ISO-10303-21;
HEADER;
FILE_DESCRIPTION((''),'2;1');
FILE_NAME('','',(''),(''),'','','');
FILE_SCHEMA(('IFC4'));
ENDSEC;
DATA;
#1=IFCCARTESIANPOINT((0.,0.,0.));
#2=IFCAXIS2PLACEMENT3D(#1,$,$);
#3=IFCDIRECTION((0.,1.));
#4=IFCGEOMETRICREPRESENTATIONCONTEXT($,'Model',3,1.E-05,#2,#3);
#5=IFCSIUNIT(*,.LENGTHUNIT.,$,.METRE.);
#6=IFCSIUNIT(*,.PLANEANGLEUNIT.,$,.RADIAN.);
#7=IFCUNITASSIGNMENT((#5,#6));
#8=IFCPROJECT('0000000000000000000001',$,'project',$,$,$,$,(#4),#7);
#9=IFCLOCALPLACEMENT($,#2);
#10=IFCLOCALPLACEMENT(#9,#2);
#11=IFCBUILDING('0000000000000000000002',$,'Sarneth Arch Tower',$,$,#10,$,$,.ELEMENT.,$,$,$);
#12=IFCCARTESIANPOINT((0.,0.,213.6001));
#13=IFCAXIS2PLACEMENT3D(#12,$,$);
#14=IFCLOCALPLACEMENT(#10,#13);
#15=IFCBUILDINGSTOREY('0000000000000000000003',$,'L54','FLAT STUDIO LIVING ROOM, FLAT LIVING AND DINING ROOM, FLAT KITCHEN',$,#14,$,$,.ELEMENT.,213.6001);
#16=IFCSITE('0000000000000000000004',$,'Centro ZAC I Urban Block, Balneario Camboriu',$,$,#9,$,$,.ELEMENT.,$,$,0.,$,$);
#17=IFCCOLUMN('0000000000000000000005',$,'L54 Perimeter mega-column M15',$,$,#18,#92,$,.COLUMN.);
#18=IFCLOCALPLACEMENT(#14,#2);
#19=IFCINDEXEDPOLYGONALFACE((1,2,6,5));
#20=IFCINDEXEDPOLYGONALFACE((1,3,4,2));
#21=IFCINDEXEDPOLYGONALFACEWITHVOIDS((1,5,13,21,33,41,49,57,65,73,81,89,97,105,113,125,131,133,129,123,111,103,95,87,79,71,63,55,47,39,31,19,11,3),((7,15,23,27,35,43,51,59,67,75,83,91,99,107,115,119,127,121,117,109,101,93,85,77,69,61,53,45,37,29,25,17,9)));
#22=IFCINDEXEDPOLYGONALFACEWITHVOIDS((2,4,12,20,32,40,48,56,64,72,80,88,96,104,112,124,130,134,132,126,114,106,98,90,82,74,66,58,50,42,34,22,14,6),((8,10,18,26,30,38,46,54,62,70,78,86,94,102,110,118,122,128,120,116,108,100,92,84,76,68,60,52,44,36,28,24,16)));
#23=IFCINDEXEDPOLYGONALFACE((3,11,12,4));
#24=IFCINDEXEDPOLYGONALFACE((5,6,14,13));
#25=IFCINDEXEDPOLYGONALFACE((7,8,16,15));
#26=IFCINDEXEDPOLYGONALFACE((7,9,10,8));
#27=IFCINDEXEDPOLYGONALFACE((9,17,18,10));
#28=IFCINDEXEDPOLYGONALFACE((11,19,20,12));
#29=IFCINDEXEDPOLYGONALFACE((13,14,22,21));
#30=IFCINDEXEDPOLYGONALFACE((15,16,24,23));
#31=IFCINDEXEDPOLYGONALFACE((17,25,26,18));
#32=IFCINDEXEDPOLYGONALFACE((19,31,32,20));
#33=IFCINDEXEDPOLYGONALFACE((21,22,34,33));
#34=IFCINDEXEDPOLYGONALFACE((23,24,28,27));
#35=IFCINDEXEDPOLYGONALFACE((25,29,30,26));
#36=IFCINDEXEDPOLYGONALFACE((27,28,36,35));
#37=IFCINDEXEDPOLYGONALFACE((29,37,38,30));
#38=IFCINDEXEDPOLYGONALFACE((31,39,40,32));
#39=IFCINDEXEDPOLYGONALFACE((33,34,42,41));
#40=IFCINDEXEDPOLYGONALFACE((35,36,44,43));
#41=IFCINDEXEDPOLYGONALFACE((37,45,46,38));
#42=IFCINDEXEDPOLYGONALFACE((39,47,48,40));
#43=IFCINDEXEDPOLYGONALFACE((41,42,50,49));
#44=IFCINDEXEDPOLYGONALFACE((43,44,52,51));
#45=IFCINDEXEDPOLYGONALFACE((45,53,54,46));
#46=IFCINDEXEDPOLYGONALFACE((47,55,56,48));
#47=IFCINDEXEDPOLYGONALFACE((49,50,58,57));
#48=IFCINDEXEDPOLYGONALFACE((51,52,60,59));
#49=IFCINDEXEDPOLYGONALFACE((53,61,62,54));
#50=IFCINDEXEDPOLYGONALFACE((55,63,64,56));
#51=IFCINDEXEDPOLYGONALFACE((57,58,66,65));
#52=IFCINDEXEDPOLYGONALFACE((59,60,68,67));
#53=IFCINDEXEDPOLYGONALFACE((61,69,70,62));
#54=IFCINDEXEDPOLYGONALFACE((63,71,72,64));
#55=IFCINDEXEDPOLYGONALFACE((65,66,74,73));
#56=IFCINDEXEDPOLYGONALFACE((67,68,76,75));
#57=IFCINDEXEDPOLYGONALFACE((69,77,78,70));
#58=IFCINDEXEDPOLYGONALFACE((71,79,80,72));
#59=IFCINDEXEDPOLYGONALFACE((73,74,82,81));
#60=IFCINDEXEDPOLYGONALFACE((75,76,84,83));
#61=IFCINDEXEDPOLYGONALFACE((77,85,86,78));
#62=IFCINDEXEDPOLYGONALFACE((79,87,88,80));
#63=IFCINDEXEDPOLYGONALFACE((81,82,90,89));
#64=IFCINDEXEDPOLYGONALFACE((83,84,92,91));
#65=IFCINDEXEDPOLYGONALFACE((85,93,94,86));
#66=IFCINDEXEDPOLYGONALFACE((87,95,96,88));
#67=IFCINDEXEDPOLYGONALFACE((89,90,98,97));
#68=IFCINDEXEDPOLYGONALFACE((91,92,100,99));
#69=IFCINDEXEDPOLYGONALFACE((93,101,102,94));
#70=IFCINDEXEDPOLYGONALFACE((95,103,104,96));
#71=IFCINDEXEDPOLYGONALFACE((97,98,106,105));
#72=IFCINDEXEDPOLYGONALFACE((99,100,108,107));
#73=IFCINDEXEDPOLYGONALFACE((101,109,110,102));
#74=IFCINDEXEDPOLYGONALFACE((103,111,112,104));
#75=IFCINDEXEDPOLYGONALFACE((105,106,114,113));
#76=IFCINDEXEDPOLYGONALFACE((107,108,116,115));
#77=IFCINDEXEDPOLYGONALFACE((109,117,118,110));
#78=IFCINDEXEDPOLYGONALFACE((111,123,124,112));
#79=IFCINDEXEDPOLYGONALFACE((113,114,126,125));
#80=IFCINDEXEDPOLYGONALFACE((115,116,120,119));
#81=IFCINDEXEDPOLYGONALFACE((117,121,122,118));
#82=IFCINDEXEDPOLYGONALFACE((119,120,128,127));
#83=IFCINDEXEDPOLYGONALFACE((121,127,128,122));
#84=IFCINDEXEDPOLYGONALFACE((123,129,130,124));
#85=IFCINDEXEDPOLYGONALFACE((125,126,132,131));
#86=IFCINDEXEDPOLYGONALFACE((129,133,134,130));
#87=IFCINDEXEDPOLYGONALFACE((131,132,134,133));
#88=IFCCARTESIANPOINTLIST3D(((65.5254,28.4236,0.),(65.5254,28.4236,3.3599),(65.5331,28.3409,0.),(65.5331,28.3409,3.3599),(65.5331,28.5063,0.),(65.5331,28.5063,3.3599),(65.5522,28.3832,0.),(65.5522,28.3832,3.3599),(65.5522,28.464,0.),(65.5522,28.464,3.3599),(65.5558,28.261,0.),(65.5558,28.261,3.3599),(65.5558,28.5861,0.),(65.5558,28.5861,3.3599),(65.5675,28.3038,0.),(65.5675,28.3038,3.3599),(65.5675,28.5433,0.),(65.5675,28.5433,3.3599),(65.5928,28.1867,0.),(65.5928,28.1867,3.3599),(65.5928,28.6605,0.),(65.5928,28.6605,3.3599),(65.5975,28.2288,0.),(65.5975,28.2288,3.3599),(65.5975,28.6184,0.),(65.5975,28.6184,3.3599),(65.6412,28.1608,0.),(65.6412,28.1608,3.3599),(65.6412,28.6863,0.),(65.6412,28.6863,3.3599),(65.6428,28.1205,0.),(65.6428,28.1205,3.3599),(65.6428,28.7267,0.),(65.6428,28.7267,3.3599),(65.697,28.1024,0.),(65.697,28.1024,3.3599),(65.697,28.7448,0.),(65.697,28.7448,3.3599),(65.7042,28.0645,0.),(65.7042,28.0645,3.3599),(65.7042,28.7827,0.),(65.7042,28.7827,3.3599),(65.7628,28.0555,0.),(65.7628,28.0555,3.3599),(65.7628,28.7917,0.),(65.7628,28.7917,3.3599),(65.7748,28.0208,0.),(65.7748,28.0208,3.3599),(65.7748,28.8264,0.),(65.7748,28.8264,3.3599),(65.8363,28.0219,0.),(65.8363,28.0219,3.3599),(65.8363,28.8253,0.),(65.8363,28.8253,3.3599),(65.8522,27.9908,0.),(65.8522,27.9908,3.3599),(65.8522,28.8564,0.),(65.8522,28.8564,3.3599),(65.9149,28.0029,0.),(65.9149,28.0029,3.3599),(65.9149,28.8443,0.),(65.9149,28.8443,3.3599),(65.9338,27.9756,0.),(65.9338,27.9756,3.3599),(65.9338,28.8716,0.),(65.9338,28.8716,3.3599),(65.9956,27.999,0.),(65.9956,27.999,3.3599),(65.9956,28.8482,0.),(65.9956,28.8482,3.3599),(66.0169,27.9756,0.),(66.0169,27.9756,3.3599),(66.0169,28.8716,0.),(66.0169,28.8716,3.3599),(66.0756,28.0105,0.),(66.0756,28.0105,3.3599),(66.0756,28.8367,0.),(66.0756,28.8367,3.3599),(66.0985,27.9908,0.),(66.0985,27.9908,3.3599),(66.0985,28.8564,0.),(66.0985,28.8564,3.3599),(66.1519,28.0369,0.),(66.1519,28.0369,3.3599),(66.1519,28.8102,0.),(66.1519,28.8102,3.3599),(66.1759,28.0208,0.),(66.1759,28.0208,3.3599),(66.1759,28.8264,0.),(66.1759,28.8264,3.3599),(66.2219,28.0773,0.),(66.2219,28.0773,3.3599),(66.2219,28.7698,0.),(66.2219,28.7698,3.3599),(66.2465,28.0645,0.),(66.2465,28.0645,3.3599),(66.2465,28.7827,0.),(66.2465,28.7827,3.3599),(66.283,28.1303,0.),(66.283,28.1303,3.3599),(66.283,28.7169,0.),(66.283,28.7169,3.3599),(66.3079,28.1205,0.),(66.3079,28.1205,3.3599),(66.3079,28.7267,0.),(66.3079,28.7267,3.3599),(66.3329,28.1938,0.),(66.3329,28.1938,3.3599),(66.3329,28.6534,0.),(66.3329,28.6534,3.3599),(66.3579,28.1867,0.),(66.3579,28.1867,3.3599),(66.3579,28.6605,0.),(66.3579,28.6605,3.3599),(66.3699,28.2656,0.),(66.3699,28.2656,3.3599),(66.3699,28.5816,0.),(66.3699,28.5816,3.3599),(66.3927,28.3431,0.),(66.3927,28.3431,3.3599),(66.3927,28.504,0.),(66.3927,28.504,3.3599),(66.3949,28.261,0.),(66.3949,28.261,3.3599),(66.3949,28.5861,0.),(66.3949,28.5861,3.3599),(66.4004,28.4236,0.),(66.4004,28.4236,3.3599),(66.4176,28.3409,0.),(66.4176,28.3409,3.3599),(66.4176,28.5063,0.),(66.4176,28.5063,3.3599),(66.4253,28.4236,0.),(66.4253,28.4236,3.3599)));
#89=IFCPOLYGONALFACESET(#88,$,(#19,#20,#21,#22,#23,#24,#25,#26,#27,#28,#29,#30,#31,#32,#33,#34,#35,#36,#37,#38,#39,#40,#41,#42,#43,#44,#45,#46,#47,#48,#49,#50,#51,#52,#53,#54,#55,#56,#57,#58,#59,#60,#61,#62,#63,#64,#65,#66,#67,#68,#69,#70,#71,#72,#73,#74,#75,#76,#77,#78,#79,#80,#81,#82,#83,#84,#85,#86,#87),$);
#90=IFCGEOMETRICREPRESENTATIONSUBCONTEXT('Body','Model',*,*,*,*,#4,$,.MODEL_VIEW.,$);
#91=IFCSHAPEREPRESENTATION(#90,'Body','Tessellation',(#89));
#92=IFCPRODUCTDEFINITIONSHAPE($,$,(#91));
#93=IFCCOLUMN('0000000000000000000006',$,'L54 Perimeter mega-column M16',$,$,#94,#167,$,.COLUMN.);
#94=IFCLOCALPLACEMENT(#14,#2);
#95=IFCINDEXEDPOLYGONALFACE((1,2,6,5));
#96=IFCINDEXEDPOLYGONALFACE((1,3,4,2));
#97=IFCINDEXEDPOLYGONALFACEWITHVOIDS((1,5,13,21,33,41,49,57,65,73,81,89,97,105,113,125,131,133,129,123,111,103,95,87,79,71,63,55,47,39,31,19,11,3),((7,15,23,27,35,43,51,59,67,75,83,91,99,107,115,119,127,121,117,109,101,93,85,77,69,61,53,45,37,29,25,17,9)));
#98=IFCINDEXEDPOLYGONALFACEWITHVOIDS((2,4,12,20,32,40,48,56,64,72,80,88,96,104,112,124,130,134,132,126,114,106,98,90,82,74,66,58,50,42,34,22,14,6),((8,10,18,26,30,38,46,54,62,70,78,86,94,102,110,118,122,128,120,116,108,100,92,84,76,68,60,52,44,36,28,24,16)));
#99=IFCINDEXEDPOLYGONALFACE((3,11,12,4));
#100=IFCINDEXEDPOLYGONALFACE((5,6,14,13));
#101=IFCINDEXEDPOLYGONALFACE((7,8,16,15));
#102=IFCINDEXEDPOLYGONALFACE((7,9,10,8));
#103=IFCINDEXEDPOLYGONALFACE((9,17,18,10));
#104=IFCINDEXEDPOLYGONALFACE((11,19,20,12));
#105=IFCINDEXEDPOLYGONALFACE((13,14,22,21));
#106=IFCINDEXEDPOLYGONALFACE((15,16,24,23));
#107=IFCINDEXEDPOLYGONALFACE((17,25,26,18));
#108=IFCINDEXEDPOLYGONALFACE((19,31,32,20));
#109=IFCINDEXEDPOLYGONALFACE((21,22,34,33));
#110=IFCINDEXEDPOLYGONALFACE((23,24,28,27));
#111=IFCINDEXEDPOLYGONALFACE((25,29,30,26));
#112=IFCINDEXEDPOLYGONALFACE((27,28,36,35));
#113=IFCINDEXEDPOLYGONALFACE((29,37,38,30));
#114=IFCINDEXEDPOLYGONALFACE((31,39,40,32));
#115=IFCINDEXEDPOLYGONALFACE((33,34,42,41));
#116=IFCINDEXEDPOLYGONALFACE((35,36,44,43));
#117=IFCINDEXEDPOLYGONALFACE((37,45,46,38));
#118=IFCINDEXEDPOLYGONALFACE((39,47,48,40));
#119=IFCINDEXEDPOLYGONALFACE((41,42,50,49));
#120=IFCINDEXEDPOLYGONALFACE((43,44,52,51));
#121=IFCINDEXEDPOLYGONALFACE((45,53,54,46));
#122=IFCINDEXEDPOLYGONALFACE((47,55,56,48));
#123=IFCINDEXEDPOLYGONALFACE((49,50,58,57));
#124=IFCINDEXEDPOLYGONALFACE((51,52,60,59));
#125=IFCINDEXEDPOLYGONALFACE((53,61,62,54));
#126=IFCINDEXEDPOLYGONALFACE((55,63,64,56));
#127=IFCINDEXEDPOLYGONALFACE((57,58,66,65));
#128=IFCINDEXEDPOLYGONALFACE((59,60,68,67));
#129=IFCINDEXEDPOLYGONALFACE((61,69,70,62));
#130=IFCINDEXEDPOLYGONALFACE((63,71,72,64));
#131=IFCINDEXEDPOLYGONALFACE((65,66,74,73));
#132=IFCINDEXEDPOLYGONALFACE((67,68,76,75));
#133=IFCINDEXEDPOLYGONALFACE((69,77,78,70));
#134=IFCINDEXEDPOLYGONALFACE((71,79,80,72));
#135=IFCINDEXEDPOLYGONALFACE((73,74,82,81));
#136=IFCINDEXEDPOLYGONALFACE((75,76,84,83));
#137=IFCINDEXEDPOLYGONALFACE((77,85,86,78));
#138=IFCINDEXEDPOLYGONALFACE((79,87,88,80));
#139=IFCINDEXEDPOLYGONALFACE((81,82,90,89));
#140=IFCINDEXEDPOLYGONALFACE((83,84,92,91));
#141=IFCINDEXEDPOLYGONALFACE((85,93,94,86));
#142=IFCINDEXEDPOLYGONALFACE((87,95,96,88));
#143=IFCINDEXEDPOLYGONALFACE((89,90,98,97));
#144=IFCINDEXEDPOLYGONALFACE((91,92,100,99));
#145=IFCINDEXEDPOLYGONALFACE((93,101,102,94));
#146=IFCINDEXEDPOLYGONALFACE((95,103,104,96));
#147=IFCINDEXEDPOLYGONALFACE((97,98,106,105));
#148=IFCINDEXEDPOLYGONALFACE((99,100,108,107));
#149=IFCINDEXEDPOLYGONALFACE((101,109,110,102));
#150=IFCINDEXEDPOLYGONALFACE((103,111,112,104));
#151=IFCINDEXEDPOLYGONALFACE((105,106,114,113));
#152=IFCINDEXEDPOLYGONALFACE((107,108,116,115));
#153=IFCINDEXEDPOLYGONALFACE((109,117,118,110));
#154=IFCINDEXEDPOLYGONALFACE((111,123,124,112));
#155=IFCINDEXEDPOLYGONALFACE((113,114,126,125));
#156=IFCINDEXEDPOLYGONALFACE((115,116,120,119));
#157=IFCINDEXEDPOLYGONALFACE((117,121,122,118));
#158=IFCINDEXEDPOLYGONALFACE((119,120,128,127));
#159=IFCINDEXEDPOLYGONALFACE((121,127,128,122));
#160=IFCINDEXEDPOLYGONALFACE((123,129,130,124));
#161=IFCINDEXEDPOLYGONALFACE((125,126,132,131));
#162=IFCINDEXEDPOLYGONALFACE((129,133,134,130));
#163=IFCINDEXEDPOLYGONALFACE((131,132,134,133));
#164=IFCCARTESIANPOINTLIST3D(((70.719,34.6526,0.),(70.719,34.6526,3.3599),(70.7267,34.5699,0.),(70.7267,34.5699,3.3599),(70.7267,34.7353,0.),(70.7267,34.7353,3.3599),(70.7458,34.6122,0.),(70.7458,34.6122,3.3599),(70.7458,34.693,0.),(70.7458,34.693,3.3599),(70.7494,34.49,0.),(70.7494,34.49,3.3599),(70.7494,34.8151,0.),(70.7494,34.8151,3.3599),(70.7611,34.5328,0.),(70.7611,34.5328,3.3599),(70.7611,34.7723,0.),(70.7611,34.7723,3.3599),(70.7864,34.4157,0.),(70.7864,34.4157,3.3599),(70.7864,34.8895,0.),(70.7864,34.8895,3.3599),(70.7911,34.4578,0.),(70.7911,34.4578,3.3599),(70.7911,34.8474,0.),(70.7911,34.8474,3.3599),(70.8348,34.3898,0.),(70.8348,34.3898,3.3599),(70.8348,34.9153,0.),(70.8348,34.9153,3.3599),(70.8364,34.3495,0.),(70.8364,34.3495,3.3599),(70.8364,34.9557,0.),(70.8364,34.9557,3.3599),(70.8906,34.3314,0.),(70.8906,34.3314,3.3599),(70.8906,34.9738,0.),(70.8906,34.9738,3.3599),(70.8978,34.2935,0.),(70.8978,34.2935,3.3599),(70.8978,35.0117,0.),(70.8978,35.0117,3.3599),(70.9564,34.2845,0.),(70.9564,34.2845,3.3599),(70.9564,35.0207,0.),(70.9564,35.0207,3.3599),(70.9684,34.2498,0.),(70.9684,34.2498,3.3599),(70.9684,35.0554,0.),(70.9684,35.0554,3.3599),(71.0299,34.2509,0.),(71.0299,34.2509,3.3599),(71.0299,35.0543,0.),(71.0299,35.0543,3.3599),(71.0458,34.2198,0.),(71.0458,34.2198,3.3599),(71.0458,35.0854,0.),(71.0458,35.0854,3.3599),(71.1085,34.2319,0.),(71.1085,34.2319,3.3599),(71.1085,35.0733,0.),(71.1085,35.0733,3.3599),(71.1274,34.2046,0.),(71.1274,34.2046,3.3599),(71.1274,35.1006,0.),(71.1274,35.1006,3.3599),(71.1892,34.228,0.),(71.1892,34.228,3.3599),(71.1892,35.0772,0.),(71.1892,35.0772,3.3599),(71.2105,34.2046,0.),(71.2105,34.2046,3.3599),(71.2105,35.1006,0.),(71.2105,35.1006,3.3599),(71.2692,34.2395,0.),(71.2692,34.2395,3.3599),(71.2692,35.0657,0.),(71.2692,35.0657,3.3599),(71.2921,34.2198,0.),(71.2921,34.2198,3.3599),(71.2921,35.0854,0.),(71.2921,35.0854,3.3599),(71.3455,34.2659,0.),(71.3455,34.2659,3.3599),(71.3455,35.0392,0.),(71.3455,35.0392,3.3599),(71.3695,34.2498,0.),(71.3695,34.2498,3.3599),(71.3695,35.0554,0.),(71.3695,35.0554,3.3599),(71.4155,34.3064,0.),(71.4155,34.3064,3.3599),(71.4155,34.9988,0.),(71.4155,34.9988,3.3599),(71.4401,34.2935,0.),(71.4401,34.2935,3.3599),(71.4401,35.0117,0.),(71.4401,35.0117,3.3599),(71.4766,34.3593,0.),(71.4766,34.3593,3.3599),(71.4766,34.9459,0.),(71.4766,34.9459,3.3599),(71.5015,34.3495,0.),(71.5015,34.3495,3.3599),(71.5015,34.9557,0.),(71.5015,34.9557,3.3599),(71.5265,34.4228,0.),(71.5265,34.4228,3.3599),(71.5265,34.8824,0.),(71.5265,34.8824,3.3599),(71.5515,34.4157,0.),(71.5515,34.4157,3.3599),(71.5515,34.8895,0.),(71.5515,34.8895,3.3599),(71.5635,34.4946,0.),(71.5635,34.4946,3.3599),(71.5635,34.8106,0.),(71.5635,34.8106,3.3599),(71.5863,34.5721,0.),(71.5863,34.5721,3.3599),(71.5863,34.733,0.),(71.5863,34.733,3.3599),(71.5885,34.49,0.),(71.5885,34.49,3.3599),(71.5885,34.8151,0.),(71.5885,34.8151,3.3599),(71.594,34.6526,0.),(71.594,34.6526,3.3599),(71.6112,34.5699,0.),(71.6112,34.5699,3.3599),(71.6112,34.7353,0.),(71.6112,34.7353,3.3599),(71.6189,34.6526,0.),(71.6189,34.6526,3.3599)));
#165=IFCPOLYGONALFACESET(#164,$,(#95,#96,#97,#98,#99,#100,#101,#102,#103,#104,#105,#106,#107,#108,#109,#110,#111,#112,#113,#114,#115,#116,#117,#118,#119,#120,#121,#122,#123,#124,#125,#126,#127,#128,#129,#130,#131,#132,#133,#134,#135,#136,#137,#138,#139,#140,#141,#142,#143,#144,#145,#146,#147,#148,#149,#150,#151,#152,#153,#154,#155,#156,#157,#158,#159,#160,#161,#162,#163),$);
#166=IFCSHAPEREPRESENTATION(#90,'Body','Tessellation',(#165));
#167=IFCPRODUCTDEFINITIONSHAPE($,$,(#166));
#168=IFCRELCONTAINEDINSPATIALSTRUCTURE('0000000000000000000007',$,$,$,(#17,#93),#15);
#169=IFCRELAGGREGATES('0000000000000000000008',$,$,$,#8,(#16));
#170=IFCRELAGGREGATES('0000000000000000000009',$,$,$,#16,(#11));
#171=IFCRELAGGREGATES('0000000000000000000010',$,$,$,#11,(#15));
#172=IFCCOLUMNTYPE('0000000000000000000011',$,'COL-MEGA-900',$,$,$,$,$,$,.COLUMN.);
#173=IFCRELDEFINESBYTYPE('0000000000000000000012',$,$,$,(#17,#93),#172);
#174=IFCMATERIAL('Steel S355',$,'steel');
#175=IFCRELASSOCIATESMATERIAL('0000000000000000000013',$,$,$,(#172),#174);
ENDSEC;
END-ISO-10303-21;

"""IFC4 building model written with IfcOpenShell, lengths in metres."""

from ifc_helpers import new_model, si_unit, direction, frame, origin, origin_2d, place, context, subcontext, project, spatial, hollow_circle, extrude, material, material_profile, profile_set, type_object, element, save


model = new_model("IFC4")

# Units and contexts
model_context = context("Model", 3, precision=1e-05, world=origin(), true_north=direction((0.0, 1.0)))
body_context = subcontext(model_context, "Body", "Model", "MODEL_VIEW")
ifc_project = project(units=[si_unit("LENGTHUNIT", "METRE"), si_unit("PLANEANGLEUNIT", "RADIAN")], contexts=[model_context])

# Site, building, storey
site_placement = place(None, origin())
site = spatial("IfcSite", under=ifc_project, at=site_placement, Name="Centro ZAC I Urban Block, Balneario Camboriu", CompositionType="ELEMENT", RefElevation=0.0)
building_placement = place(site_placement, origin())
building = spatial("IfcBuilding", under=site, at=building_placement, Name="Sarneth Arch Tower", CompositionType="ELEMENT")
storey_placement = place(building_placement, frame((0.0, 0.0, 213.6001)))
storey = spatial("IfcBuildingStorey", under=building, at=storey_placement, Name="L54", Description="FLAT STUDIO LIVING ROOM, FLAT LIVING AND DINING ROOM, FLAT KITCHEN", CompositionType="ELEMENT", Elevation=213.6001)

# Columns
ifc_material_1 = material(Name="Steel S355", Category="steel")
ifc_material_profile_1 = material_profile(ifc_material_1, hollow_circle(Radius=0.45, WallThickness=0.0249, at=origin_2d()), Name="CHS900x25")
ifc_profile_set_1 = profile_set([ifc_material_profile_1], Name="Steel S355")
column_type = type_object("IfcColumnType", Name="COL-MEGA-900", PredefinedType="COLUMN", material=ifc_profile_set_1)
for number, where, z_axis, x_axis, name in (
    (1, (65.9753, 28.4236, 0.0), (0.0, 0.0, 1.0), (1.0, 0.0, 0.0), "L54 Perimeter mega-column M15"),
    (2, (71.1689, 34.6526, 0.0), (0.0, 0.0, 1.0), (1.0, 0.0, 0.0), "L54 Perimeter mega-column M16"),
):
    element("IfcColumn", number, at=place(storey_placement, frame(where, z_axis=z_axis, x_axis=x_axis)), inside=storey, type_object=column_type, Name=name, PredefinedType="COLUMN", context=body_context, shape_type="SweptSolid", body=[
        extrude(hollow_circle(Radius=0.45, WallThickness=0.0249, at=origin_2d()), origin(), (0.0, 0.0, 1.0), 3.3599),
    ])

save(model, "model.ifc")
